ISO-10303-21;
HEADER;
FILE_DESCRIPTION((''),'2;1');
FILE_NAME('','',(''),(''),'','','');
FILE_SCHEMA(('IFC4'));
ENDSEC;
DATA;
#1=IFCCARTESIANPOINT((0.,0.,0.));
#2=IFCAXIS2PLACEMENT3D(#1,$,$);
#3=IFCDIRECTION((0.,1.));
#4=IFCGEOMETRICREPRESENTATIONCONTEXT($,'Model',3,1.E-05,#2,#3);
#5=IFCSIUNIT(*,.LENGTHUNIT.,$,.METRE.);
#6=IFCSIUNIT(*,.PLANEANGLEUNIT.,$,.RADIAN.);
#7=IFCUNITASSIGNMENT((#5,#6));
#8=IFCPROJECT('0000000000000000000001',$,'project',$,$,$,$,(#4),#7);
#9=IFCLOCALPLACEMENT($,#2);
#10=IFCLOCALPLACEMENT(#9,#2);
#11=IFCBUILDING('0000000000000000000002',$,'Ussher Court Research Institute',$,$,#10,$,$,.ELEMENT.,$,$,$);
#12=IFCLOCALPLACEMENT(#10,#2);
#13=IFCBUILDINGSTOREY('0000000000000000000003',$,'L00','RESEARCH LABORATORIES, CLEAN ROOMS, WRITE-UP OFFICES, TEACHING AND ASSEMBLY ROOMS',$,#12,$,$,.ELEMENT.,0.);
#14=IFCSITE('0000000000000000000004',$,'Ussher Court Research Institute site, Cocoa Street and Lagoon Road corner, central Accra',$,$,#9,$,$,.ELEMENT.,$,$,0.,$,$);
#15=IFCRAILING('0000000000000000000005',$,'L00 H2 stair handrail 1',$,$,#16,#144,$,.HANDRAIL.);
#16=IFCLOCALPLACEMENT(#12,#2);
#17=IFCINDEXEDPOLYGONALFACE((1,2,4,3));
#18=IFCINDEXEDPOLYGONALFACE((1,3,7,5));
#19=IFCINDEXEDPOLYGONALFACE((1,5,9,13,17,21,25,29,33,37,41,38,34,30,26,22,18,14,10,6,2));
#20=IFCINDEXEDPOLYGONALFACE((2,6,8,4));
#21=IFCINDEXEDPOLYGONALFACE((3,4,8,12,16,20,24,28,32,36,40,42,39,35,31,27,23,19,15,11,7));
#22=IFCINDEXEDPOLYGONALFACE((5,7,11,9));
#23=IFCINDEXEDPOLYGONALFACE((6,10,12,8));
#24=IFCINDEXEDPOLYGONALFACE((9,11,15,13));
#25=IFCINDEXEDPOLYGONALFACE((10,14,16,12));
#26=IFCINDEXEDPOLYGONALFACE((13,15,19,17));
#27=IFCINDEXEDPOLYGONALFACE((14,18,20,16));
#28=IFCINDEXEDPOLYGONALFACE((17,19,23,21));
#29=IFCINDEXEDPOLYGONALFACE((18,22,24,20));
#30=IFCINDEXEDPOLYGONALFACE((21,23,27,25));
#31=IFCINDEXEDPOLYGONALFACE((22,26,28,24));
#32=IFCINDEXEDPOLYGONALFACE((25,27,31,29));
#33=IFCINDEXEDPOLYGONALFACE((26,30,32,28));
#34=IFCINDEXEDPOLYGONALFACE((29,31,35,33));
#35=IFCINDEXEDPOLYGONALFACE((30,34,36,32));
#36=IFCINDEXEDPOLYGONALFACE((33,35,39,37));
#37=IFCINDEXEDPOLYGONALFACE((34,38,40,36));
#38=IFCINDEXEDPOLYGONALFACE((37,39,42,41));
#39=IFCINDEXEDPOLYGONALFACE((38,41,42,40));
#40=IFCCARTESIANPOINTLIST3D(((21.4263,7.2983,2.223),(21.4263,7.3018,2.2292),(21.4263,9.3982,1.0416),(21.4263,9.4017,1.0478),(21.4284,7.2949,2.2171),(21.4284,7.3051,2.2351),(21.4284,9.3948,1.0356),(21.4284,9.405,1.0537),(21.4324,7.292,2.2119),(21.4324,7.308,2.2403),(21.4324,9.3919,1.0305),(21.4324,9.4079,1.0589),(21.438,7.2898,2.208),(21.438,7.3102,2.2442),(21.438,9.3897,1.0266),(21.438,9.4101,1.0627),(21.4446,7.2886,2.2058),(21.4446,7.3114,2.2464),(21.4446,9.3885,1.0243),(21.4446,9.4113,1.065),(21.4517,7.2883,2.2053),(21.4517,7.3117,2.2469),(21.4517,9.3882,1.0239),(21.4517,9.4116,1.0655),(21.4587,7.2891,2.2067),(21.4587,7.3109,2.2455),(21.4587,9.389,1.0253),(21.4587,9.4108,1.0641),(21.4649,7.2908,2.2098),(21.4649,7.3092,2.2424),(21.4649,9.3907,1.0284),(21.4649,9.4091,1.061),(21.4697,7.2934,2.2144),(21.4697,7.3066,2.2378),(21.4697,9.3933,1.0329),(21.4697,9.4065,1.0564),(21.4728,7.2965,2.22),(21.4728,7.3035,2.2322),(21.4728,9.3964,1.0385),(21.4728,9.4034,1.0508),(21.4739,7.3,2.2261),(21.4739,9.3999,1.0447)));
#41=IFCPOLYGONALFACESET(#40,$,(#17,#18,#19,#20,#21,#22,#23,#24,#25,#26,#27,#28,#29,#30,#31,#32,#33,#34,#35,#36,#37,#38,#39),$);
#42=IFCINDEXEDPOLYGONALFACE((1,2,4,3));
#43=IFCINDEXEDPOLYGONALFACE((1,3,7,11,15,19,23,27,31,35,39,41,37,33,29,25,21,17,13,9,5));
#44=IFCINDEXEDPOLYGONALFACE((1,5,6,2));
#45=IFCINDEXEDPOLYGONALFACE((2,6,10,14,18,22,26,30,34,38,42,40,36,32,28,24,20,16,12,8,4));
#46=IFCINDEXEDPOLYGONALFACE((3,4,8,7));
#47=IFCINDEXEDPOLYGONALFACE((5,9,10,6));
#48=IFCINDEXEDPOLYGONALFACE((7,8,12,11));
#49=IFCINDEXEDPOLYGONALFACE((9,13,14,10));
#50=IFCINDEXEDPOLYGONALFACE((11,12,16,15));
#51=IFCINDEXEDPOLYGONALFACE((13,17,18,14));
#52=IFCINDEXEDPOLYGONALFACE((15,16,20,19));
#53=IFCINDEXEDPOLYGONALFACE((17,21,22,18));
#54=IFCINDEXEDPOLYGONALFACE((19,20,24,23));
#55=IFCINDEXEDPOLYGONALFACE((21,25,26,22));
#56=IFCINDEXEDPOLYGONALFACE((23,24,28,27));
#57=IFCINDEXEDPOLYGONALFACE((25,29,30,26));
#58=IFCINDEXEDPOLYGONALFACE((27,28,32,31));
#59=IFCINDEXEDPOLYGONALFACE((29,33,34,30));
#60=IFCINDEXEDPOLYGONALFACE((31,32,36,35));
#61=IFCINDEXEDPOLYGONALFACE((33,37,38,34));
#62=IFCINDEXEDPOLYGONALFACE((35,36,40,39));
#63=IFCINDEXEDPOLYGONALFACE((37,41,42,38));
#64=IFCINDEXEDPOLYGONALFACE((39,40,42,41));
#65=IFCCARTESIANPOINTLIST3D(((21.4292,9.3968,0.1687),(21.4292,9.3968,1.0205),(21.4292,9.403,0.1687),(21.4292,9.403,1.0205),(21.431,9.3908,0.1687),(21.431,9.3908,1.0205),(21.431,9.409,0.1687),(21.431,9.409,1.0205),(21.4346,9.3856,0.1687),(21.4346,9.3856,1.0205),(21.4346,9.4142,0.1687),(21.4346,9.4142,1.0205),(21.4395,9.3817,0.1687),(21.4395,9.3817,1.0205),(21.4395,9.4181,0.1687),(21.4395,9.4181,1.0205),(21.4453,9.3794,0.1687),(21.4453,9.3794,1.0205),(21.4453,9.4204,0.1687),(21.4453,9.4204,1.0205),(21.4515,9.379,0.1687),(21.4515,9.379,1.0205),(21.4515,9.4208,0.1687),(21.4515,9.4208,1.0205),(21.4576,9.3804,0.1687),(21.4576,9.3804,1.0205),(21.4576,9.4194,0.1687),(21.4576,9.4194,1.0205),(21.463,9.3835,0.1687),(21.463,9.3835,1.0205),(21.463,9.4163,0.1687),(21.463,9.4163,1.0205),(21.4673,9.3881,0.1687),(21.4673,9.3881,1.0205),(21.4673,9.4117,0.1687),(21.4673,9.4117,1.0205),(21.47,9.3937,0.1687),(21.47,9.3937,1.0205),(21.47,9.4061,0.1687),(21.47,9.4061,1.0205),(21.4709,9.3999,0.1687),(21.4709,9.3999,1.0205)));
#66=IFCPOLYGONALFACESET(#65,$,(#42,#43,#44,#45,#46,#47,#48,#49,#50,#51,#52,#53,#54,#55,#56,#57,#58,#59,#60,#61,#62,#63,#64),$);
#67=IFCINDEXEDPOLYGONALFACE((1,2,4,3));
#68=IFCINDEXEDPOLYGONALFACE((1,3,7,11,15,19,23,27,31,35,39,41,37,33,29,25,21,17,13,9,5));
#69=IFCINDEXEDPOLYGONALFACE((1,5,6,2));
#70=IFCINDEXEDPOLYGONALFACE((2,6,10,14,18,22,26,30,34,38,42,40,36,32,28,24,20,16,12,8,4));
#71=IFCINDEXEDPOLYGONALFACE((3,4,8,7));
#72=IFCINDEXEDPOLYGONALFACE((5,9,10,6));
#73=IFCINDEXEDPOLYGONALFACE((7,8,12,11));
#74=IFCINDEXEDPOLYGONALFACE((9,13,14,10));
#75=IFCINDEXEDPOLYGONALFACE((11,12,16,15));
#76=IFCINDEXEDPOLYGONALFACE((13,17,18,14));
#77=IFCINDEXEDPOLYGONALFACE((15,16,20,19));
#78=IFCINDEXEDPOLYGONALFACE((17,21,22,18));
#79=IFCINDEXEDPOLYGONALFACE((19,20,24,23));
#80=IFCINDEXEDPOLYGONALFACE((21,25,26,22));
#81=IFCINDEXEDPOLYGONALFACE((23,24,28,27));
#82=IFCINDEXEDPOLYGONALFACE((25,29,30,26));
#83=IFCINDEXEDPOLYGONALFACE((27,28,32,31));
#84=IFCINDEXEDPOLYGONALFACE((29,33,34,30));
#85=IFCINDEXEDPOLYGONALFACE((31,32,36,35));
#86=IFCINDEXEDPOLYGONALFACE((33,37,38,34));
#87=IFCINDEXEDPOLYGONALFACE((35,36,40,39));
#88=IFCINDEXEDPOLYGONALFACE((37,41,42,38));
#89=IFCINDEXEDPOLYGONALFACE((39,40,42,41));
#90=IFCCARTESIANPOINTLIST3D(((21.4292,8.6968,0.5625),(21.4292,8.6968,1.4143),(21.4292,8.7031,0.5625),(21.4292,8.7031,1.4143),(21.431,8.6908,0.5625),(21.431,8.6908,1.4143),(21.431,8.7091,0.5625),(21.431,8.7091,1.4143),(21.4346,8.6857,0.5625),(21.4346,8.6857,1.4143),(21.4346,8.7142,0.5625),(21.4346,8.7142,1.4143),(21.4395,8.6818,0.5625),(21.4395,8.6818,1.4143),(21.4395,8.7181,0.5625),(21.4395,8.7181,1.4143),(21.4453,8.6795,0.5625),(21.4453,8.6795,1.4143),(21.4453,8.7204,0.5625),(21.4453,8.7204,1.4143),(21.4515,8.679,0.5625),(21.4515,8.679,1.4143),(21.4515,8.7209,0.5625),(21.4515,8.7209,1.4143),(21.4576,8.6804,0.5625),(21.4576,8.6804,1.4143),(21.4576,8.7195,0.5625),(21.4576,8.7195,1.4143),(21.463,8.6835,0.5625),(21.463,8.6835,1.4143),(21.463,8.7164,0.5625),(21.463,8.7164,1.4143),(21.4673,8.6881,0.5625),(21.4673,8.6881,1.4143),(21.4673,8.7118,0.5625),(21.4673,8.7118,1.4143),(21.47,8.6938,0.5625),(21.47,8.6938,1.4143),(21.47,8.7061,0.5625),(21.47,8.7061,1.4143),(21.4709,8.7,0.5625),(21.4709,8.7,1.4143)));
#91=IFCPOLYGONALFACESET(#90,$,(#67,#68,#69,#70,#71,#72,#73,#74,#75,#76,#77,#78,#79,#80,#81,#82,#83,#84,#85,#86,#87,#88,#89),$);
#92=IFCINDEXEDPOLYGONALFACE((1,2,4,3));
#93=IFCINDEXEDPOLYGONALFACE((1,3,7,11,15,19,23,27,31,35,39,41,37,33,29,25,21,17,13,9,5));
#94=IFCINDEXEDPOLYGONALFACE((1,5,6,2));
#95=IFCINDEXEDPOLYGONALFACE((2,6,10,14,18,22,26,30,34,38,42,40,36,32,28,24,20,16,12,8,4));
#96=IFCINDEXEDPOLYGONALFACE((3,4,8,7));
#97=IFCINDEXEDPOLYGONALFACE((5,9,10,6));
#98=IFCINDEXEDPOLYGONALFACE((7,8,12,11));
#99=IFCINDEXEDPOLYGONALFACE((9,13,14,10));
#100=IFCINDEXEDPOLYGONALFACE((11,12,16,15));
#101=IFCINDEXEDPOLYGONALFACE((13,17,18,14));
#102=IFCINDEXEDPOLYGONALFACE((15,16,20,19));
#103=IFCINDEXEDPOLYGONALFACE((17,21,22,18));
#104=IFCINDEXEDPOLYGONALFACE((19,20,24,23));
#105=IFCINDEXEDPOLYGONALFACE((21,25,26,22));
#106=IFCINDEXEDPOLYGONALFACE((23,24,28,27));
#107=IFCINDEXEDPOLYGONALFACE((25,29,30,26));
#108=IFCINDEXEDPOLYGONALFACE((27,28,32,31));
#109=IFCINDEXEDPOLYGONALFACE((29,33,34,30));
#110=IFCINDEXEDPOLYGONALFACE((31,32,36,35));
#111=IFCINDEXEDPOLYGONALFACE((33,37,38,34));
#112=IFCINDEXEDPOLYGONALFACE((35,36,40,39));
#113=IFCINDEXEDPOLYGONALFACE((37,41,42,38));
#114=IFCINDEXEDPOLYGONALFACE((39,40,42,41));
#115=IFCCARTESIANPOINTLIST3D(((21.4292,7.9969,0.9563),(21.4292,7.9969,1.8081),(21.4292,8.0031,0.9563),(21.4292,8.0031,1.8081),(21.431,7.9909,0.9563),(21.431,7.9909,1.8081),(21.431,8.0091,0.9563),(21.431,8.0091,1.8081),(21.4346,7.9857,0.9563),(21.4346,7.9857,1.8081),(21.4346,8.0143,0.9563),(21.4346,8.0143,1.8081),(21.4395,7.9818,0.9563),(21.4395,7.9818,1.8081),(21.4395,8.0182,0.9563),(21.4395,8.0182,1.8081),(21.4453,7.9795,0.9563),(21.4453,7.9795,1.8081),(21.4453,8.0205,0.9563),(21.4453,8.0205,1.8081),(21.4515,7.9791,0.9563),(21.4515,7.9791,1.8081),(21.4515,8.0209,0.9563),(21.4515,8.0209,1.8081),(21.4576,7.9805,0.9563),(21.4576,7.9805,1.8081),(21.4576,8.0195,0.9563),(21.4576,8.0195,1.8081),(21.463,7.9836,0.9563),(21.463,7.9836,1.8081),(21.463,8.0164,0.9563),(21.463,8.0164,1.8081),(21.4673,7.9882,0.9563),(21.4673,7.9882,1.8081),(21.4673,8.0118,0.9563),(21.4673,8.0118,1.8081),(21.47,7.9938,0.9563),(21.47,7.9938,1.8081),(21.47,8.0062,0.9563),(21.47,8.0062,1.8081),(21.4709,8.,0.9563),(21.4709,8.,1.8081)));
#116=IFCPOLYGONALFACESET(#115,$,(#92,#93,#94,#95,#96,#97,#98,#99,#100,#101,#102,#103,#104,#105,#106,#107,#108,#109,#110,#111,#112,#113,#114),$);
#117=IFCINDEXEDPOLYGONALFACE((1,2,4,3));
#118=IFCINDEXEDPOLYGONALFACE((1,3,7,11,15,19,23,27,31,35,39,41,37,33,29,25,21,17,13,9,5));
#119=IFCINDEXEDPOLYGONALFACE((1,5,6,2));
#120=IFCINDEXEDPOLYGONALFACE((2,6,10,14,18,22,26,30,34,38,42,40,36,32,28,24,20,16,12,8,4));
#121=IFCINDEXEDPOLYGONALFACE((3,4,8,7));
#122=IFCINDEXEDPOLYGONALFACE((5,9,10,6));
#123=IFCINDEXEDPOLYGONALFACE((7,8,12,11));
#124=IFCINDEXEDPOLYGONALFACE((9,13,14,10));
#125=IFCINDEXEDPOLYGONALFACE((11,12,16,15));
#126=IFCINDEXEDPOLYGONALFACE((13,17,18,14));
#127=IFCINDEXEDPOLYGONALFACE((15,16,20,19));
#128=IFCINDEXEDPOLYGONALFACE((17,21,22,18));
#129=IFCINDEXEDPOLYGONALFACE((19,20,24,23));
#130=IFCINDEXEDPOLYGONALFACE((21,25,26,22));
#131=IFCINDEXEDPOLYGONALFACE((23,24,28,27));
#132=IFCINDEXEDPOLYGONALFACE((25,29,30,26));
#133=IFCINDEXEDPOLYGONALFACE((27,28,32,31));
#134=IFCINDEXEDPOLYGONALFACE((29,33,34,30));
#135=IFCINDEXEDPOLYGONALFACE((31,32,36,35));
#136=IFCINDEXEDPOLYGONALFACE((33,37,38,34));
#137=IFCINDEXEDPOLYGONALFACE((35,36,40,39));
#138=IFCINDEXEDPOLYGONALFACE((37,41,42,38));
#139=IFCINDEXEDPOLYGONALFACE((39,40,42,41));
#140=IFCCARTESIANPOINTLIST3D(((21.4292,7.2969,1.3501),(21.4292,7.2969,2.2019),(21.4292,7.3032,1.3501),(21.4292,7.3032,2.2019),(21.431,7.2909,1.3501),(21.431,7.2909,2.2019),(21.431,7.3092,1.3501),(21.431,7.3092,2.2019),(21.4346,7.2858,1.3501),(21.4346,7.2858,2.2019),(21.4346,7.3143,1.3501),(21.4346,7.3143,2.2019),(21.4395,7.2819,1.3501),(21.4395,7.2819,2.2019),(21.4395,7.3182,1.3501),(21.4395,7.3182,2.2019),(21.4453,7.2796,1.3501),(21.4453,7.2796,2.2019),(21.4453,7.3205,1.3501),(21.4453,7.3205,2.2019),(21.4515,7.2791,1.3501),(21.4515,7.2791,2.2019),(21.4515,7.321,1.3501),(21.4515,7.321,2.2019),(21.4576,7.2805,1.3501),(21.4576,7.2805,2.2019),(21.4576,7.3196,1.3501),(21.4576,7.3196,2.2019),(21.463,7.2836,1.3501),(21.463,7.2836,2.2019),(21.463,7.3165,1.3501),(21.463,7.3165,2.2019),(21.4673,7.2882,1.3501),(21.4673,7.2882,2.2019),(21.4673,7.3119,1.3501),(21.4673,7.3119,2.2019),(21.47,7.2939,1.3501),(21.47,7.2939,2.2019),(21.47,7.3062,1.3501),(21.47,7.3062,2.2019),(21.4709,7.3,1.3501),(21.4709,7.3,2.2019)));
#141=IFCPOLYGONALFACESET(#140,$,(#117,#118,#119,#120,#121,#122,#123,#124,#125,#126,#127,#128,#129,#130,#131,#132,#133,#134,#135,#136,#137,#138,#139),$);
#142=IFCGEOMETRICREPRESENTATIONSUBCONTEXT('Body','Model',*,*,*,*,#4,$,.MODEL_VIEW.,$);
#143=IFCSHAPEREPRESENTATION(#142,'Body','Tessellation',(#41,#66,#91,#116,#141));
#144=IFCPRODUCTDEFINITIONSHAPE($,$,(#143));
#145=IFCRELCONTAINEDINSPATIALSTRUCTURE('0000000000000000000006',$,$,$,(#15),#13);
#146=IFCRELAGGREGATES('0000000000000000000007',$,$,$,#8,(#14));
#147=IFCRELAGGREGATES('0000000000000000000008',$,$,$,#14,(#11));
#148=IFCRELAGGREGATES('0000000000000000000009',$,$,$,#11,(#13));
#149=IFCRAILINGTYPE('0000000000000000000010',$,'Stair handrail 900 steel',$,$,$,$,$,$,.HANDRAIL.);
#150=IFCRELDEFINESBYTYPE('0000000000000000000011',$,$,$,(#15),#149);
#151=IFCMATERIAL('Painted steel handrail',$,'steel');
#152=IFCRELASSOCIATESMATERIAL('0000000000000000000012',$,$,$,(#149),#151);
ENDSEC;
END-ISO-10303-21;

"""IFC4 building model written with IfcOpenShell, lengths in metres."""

from ifc_helpers import new_model, si_unit, direction, frame, origin, origin_2d, place, context, subcontext, project, spatial, circle, extrude, material, type_object, element, save


model = new_model("IFC4")

# Units and contexts
model_context = context("Model", 3, precision=1e-05, world=origin(), true_north=direction((0.0, 1.0)))
body_context = subcontext(model_context, "Body", "Model", "MODEL_VIEW")
ifc_project = project(units=[si_unit("LENGTHUNIT", "METRE"), si_unit("PLANEANGLEUNIT", "RADIAN")], contexts=[model_context])

# Site, building, storey
site_placement = place(None, origin())
site = spatial("IfcSite", under=ifc_project, at=site_placement, Name="Ussher Court Research Institute site, Cocoa Street and Lagoon Road corner, central Accra", CompositionType="ELEMENT", RefElevation=0.0)
building_placement = place(site_placement, origin())
building = spatial("IfcBuilding", under=site, at=building_placement, Name="Ussher Court Research Institute", CompositionType="ELEMENT")
storey_placement = place(building_placement, origin())
storey = spatial("IfcBuildingStorey", under=building, at=storey_placement, Name="L00", Description="RESEARCH LABORATORIES, CLEAN ROOMS, WRITE-UP OFFICES, TEACHING AND ASSEMBLY ROOMS", CompositionType="ELEMENT", Elevation=0.0)

# Railing
ifc_material_1 = material(Name="Painted steel handrail", Category="steel")
railing_type_1 = type_object("IfcRailingType", Name="Stair handrail 900 steel", PredefinedType="HANDRAIL", material=ifc_material_1)
for number, where, name in (
    (1, (21.45, 9.3999, 0.1687), "L00 H2 stair handrail 1"),
):
    element("IfcRailing", number, at=place(storey_placement, frame(where)), inside=storey, type_object=railing_type_1, Name=name, PredefinedType="HANDRAIL", context=body_context, shape_type="SweptSolid", body=[
        extrude(circle(Radius=0.0239, at=origin_2d()), frame((0.0, 0.0, 0.876), z_axis=(0.0, -0.871535, 0.490333), x_axis=(1.0, 0.0, 0.0)), (0.0, 0.0, 1.0), 2.4094),
        extrude(circle(Radius=0.021, at=origin_2d()), origin(), (0.0, 0.0, 1.0), 0.8518),
        extrude(circle(Radius=0.021, at=origin_2d()), frame((0.0, -0.7, 0.3938)), (0.0, 0.0, 1.0), 0.8518),
        extrude(circle(Radius=0.021, at=origin_2d()), frame((0.0, -1.3999, 0.7876)), (0.0, 0.0, 1.0), 0.8518),
        extrude(circle(Radius=0.021, at=origin_2d()), frame((0.0, -2.0999, 1.1814)), (0.0, 0.0, 1.0), 0.8518),
    ])

save(model, "model.ifc")
